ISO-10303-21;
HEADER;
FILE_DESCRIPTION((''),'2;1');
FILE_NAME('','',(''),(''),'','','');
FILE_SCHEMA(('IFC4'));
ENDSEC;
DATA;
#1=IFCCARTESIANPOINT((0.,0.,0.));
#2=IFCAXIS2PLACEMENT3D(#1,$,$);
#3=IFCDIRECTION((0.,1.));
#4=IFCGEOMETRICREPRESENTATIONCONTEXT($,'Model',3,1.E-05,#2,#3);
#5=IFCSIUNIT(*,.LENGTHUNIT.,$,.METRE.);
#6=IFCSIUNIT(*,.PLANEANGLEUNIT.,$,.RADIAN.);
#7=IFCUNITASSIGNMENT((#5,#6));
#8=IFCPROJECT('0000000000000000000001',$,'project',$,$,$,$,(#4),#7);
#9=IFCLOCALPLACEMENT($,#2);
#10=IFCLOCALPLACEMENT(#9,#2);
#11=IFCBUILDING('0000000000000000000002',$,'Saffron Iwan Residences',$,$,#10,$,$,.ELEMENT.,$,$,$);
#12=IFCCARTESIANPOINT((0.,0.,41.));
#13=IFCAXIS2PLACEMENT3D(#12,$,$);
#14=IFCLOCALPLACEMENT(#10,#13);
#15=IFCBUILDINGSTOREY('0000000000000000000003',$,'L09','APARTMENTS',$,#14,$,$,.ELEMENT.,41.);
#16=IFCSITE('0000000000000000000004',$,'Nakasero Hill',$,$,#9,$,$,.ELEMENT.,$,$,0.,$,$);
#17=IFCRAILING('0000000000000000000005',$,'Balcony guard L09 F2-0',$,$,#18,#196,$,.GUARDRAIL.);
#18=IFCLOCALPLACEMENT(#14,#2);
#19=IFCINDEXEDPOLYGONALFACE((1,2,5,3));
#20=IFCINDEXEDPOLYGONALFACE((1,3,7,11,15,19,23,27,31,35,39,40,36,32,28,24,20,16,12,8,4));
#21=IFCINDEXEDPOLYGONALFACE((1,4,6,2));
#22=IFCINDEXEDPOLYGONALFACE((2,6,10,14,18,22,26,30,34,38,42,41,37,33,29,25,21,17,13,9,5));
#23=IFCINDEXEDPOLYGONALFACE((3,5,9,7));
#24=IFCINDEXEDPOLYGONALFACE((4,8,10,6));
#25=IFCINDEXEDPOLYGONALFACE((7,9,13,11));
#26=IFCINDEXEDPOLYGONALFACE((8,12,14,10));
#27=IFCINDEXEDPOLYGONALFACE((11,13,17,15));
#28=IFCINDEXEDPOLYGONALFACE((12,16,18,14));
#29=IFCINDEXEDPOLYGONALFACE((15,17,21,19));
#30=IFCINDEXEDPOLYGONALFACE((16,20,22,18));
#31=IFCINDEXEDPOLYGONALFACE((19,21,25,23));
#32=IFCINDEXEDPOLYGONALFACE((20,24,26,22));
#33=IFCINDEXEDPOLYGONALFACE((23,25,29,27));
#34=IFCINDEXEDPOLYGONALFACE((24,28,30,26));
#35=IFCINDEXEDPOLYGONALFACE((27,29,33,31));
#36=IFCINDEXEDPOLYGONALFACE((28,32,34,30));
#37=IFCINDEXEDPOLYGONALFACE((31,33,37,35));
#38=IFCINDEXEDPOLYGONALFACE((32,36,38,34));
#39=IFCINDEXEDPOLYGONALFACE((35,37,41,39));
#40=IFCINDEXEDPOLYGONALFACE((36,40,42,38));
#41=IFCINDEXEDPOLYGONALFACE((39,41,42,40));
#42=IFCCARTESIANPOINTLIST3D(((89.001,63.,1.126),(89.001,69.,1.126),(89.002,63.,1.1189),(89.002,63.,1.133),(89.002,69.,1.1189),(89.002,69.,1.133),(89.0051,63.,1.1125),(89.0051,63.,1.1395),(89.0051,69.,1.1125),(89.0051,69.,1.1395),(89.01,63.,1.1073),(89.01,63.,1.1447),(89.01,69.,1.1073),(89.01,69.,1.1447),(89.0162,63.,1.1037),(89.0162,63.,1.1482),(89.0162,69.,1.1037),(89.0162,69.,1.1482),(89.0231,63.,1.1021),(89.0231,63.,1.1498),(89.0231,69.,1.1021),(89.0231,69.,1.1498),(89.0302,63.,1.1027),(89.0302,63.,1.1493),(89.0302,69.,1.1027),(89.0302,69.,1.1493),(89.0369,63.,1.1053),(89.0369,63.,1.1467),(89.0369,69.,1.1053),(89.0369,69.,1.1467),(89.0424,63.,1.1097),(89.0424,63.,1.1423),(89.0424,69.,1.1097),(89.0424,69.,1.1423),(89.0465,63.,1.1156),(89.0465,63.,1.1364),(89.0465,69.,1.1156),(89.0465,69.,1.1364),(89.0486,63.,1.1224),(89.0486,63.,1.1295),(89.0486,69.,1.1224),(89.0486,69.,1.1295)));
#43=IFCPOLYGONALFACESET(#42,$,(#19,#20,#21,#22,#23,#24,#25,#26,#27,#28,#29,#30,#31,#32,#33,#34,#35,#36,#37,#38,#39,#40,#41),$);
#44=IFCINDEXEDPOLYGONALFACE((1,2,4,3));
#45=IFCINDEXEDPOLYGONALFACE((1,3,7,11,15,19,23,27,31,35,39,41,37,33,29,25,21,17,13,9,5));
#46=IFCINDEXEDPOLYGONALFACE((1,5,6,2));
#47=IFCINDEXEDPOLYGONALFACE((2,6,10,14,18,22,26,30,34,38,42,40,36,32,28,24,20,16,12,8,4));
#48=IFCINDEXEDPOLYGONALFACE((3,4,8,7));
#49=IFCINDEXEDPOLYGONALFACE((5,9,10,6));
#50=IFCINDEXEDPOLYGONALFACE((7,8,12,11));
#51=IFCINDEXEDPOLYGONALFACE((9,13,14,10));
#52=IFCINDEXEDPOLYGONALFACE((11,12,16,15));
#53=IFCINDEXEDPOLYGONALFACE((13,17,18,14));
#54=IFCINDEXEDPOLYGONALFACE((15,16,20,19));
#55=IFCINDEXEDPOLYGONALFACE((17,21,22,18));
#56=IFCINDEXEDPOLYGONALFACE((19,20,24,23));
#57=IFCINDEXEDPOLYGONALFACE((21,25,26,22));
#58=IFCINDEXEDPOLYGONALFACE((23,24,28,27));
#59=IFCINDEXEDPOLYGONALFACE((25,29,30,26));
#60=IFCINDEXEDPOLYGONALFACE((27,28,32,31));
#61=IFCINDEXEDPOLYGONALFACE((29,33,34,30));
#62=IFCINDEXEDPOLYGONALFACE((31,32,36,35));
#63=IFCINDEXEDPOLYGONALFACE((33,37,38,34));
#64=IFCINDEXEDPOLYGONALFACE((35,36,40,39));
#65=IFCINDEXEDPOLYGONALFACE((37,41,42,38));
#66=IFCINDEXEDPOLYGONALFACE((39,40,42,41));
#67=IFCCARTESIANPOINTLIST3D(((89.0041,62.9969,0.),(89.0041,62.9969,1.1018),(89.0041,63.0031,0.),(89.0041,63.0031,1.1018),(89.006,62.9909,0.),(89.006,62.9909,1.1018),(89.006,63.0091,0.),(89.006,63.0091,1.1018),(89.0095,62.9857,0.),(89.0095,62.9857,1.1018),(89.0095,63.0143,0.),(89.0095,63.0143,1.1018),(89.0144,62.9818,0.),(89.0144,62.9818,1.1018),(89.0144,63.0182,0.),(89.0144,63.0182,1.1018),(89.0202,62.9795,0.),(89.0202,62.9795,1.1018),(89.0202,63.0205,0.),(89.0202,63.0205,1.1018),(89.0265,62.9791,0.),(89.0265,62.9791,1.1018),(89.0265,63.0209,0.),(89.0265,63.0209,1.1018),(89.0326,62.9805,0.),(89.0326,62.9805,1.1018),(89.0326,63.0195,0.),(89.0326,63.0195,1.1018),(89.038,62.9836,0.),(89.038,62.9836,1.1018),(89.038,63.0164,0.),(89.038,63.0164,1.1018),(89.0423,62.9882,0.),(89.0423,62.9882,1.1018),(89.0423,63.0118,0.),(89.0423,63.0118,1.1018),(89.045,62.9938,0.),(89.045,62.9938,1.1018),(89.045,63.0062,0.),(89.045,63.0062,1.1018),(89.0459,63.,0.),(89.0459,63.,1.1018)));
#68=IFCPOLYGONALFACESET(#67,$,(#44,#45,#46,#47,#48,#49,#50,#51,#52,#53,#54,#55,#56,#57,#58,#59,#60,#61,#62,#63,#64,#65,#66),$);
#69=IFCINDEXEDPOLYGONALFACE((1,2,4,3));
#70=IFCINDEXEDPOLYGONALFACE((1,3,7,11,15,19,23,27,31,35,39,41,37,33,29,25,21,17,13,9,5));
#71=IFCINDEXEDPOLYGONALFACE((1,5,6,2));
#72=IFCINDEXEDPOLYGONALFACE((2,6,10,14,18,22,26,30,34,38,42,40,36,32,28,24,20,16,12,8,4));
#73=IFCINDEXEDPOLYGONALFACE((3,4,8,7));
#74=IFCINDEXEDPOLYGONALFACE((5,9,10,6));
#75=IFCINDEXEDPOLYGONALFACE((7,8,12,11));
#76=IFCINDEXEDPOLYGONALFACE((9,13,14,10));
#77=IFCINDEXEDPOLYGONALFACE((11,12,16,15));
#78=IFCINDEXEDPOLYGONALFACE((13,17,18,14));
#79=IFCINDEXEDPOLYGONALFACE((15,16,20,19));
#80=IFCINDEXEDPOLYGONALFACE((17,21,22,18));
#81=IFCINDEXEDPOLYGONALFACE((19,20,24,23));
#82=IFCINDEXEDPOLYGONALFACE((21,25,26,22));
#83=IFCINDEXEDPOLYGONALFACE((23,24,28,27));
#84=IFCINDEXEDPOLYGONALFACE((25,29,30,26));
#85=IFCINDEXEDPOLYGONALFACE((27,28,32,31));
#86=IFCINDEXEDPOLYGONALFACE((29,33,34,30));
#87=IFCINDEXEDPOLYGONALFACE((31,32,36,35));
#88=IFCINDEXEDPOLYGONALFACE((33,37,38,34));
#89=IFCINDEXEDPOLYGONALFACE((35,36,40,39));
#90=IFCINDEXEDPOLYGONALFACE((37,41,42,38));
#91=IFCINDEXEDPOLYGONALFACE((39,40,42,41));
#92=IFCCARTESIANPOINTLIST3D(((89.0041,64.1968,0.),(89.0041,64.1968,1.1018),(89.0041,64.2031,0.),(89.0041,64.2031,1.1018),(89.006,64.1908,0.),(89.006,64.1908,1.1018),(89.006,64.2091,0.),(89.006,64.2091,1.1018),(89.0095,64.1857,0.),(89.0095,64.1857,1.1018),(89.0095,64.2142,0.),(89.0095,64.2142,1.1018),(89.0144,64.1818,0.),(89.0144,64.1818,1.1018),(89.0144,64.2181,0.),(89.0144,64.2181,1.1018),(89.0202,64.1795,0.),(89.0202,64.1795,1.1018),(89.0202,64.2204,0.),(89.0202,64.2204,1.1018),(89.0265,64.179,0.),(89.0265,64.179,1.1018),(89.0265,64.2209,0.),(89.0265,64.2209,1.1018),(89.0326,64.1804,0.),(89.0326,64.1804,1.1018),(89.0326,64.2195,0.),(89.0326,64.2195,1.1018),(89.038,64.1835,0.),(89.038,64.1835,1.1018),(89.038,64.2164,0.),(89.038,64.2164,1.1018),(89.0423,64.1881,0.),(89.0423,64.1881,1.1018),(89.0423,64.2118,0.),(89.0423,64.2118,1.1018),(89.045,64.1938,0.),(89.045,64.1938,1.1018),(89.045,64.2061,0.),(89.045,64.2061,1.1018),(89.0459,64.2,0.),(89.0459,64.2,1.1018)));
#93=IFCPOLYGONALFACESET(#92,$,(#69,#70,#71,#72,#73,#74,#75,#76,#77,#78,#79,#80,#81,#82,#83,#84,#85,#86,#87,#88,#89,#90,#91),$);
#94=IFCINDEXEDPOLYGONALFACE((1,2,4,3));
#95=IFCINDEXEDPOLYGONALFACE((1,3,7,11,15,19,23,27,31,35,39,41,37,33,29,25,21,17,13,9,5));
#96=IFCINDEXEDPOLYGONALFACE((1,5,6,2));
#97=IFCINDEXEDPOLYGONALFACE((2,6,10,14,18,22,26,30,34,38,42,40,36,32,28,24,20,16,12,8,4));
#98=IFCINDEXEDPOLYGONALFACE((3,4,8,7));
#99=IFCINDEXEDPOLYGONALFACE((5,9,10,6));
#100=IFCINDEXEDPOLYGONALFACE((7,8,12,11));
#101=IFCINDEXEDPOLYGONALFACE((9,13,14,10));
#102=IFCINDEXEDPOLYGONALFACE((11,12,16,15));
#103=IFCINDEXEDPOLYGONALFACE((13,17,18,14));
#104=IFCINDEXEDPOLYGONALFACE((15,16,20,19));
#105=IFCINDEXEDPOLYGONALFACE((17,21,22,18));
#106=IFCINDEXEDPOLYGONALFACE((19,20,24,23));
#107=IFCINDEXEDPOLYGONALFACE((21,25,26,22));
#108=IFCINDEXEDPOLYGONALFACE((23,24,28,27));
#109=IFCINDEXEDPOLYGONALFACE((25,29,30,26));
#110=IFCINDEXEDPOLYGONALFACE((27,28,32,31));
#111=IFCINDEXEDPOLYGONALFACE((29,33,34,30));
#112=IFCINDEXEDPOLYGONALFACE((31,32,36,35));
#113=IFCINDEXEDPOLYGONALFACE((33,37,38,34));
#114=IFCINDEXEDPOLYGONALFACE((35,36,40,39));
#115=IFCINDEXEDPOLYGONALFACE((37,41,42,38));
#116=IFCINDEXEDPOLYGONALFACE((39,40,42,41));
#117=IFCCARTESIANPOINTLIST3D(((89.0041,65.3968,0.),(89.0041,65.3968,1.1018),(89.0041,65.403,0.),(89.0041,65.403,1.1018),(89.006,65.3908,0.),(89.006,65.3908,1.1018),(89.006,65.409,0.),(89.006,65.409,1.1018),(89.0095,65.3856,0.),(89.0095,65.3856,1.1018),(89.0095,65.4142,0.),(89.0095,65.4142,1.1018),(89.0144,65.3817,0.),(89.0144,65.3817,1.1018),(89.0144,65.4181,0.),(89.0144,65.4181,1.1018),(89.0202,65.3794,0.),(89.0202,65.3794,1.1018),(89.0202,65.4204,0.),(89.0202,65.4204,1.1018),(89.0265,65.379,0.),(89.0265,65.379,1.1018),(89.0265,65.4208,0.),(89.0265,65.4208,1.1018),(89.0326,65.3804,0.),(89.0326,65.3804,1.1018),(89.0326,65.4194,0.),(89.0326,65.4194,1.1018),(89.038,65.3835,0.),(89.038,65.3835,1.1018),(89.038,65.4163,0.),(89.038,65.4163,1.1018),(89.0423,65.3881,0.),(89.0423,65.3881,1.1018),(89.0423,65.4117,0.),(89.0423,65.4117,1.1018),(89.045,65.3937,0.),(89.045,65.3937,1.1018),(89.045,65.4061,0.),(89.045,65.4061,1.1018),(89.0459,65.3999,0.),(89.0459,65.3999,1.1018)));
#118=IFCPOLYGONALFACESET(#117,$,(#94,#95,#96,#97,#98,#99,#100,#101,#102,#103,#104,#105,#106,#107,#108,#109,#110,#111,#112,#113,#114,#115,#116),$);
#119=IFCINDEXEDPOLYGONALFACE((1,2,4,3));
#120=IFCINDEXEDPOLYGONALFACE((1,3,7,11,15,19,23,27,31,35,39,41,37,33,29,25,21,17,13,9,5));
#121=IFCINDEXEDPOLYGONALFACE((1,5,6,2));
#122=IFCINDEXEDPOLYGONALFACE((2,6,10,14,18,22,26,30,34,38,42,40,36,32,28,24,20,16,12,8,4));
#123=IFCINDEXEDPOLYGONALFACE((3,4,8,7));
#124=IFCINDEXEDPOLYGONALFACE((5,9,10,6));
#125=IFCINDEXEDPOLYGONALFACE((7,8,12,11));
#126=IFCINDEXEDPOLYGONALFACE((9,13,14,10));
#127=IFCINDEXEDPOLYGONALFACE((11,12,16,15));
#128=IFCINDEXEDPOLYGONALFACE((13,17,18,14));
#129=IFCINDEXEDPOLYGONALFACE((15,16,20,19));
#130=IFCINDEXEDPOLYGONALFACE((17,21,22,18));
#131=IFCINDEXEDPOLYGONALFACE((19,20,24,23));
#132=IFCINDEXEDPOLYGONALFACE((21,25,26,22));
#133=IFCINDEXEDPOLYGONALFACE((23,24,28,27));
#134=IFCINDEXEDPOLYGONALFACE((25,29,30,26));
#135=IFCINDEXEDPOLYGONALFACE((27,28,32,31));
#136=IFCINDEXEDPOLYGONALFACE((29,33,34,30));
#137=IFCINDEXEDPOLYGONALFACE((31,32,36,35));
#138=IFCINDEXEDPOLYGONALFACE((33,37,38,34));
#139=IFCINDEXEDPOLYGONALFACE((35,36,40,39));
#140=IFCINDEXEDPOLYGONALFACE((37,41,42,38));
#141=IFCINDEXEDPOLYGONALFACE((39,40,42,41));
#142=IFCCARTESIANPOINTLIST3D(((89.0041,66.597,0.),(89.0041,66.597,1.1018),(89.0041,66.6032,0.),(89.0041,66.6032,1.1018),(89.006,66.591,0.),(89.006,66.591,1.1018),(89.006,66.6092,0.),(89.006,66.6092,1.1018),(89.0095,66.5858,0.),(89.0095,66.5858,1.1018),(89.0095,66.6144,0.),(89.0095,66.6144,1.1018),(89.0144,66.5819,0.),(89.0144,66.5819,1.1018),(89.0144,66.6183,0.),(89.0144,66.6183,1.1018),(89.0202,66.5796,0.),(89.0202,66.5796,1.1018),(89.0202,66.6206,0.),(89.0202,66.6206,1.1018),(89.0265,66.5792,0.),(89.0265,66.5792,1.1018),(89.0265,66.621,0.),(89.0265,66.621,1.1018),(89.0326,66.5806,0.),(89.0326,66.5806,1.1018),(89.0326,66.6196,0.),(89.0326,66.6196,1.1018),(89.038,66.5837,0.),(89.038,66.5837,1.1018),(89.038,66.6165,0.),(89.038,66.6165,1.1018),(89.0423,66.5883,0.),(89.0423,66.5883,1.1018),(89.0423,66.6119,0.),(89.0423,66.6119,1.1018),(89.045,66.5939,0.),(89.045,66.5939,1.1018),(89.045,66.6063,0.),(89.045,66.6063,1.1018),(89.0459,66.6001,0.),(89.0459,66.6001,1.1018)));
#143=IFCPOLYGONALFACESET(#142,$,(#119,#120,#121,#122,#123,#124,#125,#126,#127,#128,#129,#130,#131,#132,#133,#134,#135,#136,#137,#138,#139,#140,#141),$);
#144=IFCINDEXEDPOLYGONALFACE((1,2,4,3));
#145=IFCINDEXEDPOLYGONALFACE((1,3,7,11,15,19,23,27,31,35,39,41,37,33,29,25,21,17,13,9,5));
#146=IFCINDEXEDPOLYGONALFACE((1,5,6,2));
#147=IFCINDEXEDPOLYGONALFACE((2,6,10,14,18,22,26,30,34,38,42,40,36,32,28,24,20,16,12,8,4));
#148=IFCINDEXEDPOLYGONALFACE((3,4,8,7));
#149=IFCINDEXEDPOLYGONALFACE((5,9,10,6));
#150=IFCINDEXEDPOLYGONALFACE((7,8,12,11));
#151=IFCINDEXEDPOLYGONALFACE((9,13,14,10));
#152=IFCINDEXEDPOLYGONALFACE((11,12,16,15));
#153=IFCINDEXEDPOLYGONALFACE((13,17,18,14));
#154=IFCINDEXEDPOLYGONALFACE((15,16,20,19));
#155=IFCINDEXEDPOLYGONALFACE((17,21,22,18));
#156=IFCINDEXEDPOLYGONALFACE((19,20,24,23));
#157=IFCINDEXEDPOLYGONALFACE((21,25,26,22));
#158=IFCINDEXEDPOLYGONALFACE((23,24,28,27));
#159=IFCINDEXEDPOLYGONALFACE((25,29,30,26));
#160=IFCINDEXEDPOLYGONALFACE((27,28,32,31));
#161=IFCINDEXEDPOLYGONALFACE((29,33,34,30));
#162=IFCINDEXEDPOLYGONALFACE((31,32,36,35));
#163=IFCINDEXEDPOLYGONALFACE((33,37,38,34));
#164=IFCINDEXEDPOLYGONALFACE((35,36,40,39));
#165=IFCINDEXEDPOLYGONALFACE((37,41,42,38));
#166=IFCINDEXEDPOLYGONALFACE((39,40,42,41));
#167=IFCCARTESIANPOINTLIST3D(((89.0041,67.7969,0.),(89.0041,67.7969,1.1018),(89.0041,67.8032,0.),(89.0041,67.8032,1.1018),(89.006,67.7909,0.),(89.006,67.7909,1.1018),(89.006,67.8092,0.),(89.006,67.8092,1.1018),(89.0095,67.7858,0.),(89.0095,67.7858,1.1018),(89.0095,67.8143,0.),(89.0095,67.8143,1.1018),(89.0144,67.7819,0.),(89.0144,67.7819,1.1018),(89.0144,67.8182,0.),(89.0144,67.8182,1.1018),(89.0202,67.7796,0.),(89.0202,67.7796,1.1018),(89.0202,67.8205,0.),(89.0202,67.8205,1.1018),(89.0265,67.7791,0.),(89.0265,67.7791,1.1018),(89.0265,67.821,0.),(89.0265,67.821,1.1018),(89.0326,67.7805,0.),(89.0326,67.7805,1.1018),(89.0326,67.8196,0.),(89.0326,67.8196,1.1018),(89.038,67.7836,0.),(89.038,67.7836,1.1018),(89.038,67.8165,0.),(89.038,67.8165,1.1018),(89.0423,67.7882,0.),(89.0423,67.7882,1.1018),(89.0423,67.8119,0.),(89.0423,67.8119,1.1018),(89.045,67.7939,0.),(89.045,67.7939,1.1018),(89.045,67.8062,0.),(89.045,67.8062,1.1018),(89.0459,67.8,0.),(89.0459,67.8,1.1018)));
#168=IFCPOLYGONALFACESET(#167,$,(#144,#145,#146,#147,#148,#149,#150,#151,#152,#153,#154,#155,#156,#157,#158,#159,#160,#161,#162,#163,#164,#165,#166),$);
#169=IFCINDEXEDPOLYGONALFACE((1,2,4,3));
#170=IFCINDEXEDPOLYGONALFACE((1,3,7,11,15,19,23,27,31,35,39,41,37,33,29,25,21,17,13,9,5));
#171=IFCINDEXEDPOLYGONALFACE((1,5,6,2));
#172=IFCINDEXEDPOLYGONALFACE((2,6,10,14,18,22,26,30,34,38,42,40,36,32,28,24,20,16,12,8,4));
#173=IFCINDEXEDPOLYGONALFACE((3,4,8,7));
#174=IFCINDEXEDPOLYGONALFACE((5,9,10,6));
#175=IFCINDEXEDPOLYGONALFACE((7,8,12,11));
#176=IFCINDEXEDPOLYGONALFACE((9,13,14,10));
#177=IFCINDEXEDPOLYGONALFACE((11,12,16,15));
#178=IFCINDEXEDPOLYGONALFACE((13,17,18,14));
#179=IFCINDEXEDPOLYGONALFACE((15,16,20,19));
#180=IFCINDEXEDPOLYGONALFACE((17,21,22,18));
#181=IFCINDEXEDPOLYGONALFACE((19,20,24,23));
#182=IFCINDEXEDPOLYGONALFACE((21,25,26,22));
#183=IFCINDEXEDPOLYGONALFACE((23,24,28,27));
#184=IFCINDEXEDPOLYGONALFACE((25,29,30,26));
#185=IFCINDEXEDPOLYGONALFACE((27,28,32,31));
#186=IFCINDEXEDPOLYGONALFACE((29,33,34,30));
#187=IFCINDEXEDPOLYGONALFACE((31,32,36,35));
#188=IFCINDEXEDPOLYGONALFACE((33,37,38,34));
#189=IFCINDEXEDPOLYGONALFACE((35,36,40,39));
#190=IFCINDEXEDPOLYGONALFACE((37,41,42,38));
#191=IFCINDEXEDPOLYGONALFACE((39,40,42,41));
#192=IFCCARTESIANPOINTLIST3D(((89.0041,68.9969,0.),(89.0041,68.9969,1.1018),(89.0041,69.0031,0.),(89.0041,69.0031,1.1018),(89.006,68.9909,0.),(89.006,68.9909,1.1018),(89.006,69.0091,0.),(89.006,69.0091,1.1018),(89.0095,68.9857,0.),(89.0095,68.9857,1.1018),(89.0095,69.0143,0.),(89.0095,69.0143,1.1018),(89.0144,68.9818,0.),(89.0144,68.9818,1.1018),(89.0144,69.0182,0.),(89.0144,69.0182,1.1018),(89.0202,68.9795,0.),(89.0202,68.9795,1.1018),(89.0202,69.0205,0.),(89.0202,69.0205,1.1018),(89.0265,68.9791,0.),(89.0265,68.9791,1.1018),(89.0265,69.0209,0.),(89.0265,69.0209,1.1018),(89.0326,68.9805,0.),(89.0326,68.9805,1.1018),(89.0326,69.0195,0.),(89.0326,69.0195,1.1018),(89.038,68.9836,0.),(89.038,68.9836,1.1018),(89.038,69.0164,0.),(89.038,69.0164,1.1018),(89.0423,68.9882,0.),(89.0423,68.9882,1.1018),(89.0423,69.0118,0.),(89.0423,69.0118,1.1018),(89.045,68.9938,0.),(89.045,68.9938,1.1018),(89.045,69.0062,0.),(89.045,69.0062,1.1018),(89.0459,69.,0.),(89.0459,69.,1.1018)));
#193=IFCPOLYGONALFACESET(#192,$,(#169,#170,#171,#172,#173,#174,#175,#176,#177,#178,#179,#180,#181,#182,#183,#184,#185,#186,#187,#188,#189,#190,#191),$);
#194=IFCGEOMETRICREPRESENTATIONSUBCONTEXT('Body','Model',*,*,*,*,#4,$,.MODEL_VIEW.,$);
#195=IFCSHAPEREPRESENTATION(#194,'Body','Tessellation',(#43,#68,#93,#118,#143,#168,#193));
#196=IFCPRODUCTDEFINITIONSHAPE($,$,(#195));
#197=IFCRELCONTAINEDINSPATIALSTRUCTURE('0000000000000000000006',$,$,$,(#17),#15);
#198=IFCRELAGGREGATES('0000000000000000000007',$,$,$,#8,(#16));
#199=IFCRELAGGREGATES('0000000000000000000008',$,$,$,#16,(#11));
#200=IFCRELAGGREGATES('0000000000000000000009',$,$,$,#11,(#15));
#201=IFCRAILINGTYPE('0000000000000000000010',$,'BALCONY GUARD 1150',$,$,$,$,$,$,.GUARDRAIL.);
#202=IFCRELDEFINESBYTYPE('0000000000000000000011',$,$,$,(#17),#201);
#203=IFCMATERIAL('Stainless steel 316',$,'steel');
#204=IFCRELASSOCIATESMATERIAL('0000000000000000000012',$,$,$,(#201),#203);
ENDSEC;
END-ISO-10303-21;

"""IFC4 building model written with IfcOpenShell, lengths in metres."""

from ifc_helpers import new_model, si_unit, direction, frame, origin, origin_2d, place, context, subcontext, project, spatial, circle, extrude, material, type_object, element, save


model = new_model("IFC4")

# Units and contexts
model_context = context("Model", 3, precision=1e-05, world=origin(), true_north=direction((0.0, 1.0)))
body_context = subcontext(model_context, "Body", "Model", "MODEL_VIEW")
ifc_project = project(units=[si_unit("LENGTHUNIT", "METRE"), si_unit("PLANEANGLEUNIT", "RADIAN")], contexts=[model_context])

# Site, building, storey
site_placement = place(None, origin())
site = spatial("IfcSite", under=ifc_project, at=site_placement, Name="Nakasero Hill", CompositionType="ELEMENT", RefElevation=0.0)
building_placement = place(site_placement, origin())
building = spatial("IfcBuilding", under=site, at=building_placement, Name="Saffron Iwan Residences", CompositionType="ELEMENT")
storey_placement = place(building_placement, frame((0.0, 0.0, 41.0)))
storey = spatial("IfcBuildingStorey", under=building, at=storey_placement, Name="L09", Description="APARTMENTS", CompositionType="ELEMENT", Elevation=41.0)

# Railing
ifc_material_1 = material(Name="Stainless steel 316", Category="steel")
railing_type = type_object("IfcRailingType", Name="BALCONY GUARD 1150", PredefinedType="GUARDRAIL", material=ifc_material_1)
railing_placement = place(storey_placement, frame((89.0249, 63.0, 0.0)))
element("IfcRailing", 1, at=railing_placement, inside=storey, type_object=railing_type, Name="Balcony guard L09 F2-0", PredefinedType="GUARDRAIL", context=body_context, shape_type="SweptSolid", body=[
    extrude(circle(Radius=0.0239, at=origin_2d()), frame((0.0, 0.0, 1.126), z_axis=(0.0, 1.0, 0.0), x_axis=(-1.0, 0.0, 0.0)), (0.0, 0.0, 1.0), 6.0),
    extrude(circle(Radius=0.021, at=origin_2d()), origin(), (0.0, 0.0, 1.0), 1.1018),
    extrude(circle(Radius=0.021, at=origin_2d()), frame((0.0, 1.2, 0.0)), (0.0, 0.0, 1.0), 1.1018),
    extrude(circle(Radius=0.021, at=origin_2d()), frame((0.0, 2.3999, 0.0)), (0.0, 0.0, 1.0), 1.1018),
    extrude(circle(Radius=0.021, at=origin_2d()), frame((0.0, 3.6001, 0.0)), (0.0, 0.0, 1.0), 1.1018),
    extrude(circle(Radius=0.021, at=origin_2d()), frame((0.0, 4.8, 0.0)), (0.0, 0.0, 1.0), 1.1018),
    extrude(circle(Radius=0.021, at=origin_2d()), frame((0.0, 6.0, 0.0)), (0.0, 0.0, 1.0), 1.1018),
])

save(model, "model.ifc")
